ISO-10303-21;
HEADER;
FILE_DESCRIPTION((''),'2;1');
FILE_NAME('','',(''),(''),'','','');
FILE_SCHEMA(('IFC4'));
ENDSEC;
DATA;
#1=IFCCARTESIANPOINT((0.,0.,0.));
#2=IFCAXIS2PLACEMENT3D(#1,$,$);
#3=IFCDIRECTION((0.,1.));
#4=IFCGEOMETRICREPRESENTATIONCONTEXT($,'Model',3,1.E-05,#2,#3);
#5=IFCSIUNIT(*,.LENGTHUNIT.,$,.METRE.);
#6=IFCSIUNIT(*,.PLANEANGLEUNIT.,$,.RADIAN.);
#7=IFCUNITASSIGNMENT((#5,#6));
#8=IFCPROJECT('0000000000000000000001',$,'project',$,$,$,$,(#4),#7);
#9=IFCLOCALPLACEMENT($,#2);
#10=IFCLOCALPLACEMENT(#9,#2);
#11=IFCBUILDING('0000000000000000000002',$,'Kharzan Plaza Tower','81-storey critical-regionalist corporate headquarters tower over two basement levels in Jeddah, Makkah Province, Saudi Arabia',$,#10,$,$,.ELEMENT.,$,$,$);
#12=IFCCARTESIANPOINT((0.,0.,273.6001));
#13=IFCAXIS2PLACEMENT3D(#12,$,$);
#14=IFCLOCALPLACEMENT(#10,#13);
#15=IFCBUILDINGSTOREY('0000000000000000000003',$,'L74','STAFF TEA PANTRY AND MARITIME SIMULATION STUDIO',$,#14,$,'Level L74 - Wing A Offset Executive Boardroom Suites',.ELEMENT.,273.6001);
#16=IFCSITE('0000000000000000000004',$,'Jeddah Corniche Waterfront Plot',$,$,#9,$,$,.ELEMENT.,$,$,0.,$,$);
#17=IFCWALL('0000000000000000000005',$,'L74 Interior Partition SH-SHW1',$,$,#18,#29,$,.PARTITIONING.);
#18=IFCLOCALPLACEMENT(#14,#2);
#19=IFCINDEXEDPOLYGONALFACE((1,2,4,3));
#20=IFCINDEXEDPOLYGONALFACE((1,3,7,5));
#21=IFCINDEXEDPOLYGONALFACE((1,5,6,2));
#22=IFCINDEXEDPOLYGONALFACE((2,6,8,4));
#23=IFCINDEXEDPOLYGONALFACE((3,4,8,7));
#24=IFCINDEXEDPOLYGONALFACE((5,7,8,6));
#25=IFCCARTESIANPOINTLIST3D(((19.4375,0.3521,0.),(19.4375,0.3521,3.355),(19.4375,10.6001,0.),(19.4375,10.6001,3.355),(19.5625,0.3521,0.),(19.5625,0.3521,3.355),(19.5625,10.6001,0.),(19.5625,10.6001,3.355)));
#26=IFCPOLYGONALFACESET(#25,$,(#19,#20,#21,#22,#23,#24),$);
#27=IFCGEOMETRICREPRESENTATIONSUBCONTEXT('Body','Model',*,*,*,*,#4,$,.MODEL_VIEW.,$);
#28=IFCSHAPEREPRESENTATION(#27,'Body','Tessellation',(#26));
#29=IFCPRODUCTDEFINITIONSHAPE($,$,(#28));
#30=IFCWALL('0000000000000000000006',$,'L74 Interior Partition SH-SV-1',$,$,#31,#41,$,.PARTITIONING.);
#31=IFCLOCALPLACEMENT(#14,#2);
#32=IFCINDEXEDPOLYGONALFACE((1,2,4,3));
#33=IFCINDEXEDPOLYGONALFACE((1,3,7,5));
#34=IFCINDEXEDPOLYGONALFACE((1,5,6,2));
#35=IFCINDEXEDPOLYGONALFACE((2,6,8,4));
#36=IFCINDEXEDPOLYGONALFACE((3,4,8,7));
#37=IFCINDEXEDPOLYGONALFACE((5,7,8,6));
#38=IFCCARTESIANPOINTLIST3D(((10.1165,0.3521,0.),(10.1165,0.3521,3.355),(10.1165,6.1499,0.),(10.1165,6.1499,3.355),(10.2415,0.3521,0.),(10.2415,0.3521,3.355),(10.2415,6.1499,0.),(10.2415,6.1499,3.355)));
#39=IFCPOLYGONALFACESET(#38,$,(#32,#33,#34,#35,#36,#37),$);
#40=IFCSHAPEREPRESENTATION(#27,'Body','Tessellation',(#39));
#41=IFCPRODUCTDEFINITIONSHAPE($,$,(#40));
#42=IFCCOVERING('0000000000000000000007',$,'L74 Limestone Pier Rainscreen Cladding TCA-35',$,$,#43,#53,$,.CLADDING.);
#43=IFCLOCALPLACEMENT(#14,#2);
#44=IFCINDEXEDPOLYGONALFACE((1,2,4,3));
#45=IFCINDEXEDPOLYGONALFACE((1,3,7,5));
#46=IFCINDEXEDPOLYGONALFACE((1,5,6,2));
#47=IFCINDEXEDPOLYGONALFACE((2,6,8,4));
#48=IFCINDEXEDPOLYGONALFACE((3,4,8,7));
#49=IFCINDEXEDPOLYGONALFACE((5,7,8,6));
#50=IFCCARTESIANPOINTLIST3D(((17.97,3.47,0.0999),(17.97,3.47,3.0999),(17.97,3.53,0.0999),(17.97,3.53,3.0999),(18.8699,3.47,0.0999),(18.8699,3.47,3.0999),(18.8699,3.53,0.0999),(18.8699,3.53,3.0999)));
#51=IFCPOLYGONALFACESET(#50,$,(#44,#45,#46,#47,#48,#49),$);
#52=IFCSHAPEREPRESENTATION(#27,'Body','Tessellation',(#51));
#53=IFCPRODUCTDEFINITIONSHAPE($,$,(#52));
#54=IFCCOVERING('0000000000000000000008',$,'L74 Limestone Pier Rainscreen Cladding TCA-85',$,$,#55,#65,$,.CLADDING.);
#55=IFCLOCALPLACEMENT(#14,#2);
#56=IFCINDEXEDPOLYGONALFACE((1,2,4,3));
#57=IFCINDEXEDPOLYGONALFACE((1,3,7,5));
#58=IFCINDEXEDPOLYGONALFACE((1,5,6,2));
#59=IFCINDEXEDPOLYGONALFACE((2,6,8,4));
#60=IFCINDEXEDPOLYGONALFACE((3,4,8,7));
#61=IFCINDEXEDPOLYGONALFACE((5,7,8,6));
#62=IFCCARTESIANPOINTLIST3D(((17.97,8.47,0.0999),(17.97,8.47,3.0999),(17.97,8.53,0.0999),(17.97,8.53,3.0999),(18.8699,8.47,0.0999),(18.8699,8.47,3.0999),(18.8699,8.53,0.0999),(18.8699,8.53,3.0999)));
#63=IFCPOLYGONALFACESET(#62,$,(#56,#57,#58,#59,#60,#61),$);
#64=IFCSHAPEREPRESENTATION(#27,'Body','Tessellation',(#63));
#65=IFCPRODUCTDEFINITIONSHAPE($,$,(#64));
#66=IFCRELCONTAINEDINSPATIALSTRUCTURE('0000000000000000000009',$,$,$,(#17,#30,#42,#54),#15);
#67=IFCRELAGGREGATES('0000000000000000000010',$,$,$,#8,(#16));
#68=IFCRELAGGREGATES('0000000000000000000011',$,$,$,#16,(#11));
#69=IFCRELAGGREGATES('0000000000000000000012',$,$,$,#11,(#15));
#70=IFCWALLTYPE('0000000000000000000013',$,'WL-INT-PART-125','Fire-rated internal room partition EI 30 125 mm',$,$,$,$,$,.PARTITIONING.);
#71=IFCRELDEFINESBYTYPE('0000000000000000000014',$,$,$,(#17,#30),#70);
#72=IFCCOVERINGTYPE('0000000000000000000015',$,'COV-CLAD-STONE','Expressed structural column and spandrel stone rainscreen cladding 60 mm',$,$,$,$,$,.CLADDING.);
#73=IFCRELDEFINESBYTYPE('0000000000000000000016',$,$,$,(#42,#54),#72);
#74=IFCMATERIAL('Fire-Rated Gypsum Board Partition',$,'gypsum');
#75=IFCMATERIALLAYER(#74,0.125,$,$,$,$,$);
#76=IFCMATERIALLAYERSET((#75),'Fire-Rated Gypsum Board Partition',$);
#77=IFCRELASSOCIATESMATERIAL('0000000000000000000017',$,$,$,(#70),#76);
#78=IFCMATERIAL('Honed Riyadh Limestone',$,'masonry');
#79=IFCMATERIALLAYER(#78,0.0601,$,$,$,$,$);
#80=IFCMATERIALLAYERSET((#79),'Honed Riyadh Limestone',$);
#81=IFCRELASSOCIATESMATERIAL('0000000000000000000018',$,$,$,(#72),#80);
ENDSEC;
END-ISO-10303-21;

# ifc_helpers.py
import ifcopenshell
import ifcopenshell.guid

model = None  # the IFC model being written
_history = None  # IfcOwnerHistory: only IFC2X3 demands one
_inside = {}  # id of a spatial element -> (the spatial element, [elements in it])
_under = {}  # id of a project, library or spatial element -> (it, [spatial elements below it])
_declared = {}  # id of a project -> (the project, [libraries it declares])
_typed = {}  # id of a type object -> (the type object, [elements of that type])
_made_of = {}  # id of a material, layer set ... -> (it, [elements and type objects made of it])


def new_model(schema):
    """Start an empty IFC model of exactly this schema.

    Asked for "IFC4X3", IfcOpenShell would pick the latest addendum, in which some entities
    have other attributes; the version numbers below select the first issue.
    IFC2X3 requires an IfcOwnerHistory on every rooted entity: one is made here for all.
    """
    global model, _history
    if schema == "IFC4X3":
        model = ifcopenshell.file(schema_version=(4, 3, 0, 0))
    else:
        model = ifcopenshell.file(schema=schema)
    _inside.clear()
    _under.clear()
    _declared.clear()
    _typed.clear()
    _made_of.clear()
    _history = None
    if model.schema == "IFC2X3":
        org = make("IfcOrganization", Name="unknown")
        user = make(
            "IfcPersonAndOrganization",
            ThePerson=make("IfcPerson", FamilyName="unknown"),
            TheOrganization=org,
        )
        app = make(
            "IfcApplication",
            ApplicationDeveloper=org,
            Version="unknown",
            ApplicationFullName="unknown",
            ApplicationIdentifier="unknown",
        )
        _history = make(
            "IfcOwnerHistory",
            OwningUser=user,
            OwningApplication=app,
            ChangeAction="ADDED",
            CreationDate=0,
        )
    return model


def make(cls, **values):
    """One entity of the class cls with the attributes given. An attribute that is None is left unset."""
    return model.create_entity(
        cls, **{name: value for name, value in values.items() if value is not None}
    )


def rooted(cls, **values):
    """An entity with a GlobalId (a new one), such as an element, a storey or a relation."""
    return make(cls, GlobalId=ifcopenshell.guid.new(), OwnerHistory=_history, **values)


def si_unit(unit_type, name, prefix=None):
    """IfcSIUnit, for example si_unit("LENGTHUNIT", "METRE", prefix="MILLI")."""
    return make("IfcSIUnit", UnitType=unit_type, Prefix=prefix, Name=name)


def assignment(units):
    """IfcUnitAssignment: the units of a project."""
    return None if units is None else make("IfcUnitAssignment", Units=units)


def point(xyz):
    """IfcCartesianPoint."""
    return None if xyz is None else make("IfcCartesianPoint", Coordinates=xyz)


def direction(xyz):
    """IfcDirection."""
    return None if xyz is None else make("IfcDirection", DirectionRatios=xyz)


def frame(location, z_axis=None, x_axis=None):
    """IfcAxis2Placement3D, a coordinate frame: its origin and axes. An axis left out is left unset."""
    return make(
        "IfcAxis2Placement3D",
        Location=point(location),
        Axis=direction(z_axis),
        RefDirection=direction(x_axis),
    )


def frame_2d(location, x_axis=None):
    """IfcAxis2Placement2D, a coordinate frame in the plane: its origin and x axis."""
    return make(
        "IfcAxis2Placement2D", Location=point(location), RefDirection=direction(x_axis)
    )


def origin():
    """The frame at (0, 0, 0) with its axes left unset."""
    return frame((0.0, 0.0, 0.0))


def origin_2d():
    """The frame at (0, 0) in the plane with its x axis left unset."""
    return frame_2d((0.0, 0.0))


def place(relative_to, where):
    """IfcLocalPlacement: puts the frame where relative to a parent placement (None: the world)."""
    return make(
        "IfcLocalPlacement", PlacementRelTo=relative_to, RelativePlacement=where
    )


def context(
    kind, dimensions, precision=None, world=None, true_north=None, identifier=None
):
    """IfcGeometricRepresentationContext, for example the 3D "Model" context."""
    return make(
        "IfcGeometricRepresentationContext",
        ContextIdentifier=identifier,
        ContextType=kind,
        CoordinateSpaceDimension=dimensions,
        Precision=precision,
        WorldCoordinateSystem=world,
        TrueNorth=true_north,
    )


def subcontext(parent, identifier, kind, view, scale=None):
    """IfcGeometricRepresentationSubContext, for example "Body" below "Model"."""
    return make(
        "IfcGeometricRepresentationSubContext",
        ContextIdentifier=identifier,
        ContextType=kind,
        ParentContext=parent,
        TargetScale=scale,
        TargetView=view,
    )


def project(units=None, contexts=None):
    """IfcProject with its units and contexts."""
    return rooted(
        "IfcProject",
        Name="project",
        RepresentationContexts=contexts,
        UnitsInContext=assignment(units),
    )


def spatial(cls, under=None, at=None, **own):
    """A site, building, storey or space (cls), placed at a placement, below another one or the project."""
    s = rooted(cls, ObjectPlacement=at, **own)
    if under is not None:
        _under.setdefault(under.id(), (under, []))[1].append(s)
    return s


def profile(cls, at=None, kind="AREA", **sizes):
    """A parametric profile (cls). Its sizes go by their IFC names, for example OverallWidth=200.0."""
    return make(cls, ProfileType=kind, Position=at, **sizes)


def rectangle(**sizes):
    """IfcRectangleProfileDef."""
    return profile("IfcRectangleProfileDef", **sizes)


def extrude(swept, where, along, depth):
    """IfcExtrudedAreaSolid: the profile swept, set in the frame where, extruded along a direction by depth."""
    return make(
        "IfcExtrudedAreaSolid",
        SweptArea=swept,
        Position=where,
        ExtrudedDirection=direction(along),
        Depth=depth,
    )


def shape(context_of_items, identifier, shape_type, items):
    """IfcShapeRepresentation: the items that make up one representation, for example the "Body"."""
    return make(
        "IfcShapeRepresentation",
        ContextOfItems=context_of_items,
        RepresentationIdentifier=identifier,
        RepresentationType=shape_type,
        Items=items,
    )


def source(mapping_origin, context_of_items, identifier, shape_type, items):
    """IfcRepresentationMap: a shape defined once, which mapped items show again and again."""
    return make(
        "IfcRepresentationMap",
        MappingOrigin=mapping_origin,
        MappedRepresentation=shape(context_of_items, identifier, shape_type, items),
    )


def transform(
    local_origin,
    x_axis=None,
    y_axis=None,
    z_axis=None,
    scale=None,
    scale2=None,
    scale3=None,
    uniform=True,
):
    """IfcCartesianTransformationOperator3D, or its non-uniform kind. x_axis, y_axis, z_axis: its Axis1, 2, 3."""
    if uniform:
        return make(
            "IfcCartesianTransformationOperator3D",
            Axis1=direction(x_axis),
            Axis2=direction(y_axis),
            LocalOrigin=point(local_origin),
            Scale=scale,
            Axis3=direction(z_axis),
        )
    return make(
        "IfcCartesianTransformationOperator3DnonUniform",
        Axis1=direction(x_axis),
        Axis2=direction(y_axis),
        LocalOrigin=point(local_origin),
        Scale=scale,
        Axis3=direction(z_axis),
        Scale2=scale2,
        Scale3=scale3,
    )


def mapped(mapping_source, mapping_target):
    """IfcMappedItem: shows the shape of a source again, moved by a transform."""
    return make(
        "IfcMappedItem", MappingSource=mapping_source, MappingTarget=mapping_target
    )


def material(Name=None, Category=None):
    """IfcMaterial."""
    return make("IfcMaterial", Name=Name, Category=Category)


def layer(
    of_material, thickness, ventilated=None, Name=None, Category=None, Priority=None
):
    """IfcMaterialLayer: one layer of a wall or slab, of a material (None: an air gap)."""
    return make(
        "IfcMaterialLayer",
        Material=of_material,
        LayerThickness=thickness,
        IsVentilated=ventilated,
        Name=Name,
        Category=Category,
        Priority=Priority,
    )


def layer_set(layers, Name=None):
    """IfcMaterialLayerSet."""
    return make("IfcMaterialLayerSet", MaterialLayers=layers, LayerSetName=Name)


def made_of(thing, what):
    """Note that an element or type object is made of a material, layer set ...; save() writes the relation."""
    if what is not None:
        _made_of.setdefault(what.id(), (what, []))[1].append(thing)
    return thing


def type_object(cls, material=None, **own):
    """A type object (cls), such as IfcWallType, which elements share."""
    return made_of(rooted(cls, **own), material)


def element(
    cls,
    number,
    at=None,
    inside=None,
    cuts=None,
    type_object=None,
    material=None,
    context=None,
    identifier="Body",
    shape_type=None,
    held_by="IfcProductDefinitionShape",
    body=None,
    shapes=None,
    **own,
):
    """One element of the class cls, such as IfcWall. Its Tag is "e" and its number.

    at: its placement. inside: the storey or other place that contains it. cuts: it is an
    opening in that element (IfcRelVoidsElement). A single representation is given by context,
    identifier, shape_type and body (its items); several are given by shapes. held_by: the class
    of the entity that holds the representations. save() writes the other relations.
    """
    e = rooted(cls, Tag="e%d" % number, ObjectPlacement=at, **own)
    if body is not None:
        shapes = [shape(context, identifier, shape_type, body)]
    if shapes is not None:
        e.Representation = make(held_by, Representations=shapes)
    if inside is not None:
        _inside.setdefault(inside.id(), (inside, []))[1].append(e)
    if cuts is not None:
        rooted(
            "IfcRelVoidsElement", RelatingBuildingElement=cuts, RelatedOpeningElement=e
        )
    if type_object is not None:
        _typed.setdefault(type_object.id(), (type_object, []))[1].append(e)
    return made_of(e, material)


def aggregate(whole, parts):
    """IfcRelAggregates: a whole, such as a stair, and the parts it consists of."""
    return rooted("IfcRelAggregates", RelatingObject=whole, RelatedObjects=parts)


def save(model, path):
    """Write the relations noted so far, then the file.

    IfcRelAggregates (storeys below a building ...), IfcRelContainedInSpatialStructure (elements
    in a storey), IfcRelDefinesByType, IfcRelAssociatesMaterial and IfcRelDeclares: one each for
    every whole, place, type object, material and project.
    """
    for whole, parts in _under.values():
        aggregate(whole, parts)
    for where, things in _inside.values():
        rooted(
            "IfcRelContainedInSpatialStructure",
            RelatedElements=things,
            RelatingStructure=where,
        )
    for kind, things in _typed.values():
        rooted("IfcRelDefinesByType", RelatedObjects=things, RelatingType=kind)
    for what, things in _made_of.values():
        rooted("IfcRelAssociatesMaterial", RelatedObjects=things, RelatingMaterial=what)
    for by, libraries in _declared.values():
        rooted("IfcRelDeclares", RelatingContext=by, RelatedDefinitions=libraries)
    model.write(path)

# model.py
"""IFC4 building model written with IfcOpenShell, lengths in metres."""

from ifc_helpers import new_model, si_unit, direction, frame, frame_2d, origin, origin_2d, place, context, subcontext, project, spatial, rectangle, extrude, source, transform, mapped, material, layer, layer_set, type_object, element, save


model = new_model("IFC4")

# Units and contexts
model_context = context("Model", 3, precision=1e-05, world=origin(), true_north=direction((0.0, 1.0)))
body_context = subcontext(model_context, "Body", "Model", "MODEL_VIEW")
ifc_project = project(units=[si_unit("LENGTHUNIT", "METRE"), si_unit("PLANEANGLEUNIT", "RADIAN")], contexts=[model_context])

# Site, building, storey
site_placement = place(None, origin())
site = spatial("IfcSite", under=ifc_project, at=site_placement, Name="Jeddah Corniche Waterfront Plot", CompositionType="ELEMENT", RefElevation=0.0)
building_placement = place(site_placement, origin())
building = spatial("IfcBuilding", under=site, at=building_placement, Name="Kharzan Plaza Tower", Description="81-storey critical-regionalist corporate headquarters tower over two basement levels in Jeddah, Makkah Province, Saudi Arabia", CompositionType="ELEMENT")
storey_placement = place(building_placement, frame((0.0, 0.0, 273.6001)))
storey = spatial("IfcBuildingStorey", under=building, at=storey_placement, Name="L74", Description="STAFF TEA PANTRY AND MARITIME SIMULATION STUDIO", LongName="Level L74 - Wing A Offset Executive Boardroom Suites", CompositionType="ELEMENT", Elevation=273.6001)

# Shared definitions
ifc_material_1 = material(Name="Fire-Rated Gypsum Board Partition", Category="gypsum")
ifc_layer_1 = layer(ifc_material_1, 0.125)
ifc_layer_set_1 = layer_set([ifc_layer_1], Name="Fire-Rated Gypsum Board Partition")
wall_type_1 = type_object("IfcWallType", Name="WL-INT-PART-125", Description="Fire-rated internal room partition EI 30 125 mm", PredefinedType="PARTITIONING", material=ifc_layer_set_1)

# Walls
shared_shape_1 = source(origin(), body_context, "Body", "SweptSolid", [
    extrude(rectangle(XDim=10.248, YDim=0.125, at=frame_2d((5.124, 0.0))), origin(), (0.0, 0.0, 1.0), 3.355),
])
wall_1_placement = place(storey_placement, frame((19.5, 0.3521, 0.0), z_axis=(0.0, 0.0, 1.0), x_axis=(0.0, 1.0, 0.0)))
element("IfcWall", 1, at=wall_1_placement, inside=storey, type_object=wall_type_1, Name="L74 Interior Partition SH-SHW1", PredefinedType="PARTITIONING", context=body_context, shape_type="MappedRepresentation", body=[
    mapped(shared_shape_1, transform((0.0, 0.0, 0.0), x_axis=(1.0, 0.0, 0.0), y_axis=(0.0, 1.0, 0.0), z_axis=(0.0, 0.0, 1.0))),
])
shared_shape_2 = source(origin(), body_context, "Body", "SweptSolid", [
    extrude(rectangle(XDim=5.7979, YDim=0.125, at=frame_2d((2.8989, 0.0))), origin(), (0.0, 0.0, 1.0), 3.355),
])
wall_2_placement = place(storey_placement, frame((10.179, 0.3521, 0.0), z_axis=(0.0, 0.0, 1.0), x_axis=(0.0, 1.0, 0.0)))
element("IfcWall", 2, at=wall_2_placement, inside=storey, type_object=wall_type_1, Name="L74 Interior Partition SH-SV-1", PredefinedType="PARTITIONING", context=body_context, shape_type="MappedRepresentation", body=[
    mapped(shared_shape_2, transform((0.0, 0.0, 0.0), x_axis=(1.0, 0.0, 0.0), y_axis=(0.0, 1.0, 0.0), z_axis=(0.0, 0.0, 1.0))),
])

# Coverings
ifc_material_2 = material(Name="Honed Riyadh Limestone", Category="masonry")
ifc_layer_2 = layer(ifc_material_2, 0.0601)
ifc_layer_set_2 = layer_set([ifc_layer_2], Name="Honed Riyadh Limestone")
covering_type = type_object("IfcCoveringType", Name="COV-CLAD-STONE", Description="Expressed structural column and spandrel stone rainscreen cladding 60 mm", PredefinedType="CLADDING", material=ifc_layer_set_2)
shared_shape_3 = source(origin(), body_context, "Body", "SweptSolid", [
    extrude(rectangle(XDim=0.0601, YDim=0.8999, at=origin_2d()), origin(), (0.0, 0.0, 1.0), 3.0),
])
for number, where, z_axis, x_axis, name in (
    (3, (18.4199, 3.5, 0.0999), (0.0, 0.0, 1.0), (0.0, 1.0, 0.0), "L74 Limestone Pier Rainscreen Cladding TCA-35"),
    (4, (18.4199, 8.5, 0.0999), (0.0, 0.0, 1.0), (0.0, 1.0, 0.0), "L74 Limestone Pier Rainscreen Cladding TCA-85"),
):
    element("IfcCovering", number, at=place(storey_placement, frame(where, z_axis=z_axis, x_axis=x_axis)), inside=storey, type_object=covering_type, Name=name, PredefinedType="CLADDING", context=body_context, shape_type="MappedRepresentation", body=[
        mapped(shared_shape_3, transform((0.0, 0.0, 0.0), x_axis=(1.0, 0.0, 0.0), y_axis=(0.0, 1.0, 0.0), z_axis=(0.0, 0.0, 1.0))),
    ])

save(model, "model.ifc")
